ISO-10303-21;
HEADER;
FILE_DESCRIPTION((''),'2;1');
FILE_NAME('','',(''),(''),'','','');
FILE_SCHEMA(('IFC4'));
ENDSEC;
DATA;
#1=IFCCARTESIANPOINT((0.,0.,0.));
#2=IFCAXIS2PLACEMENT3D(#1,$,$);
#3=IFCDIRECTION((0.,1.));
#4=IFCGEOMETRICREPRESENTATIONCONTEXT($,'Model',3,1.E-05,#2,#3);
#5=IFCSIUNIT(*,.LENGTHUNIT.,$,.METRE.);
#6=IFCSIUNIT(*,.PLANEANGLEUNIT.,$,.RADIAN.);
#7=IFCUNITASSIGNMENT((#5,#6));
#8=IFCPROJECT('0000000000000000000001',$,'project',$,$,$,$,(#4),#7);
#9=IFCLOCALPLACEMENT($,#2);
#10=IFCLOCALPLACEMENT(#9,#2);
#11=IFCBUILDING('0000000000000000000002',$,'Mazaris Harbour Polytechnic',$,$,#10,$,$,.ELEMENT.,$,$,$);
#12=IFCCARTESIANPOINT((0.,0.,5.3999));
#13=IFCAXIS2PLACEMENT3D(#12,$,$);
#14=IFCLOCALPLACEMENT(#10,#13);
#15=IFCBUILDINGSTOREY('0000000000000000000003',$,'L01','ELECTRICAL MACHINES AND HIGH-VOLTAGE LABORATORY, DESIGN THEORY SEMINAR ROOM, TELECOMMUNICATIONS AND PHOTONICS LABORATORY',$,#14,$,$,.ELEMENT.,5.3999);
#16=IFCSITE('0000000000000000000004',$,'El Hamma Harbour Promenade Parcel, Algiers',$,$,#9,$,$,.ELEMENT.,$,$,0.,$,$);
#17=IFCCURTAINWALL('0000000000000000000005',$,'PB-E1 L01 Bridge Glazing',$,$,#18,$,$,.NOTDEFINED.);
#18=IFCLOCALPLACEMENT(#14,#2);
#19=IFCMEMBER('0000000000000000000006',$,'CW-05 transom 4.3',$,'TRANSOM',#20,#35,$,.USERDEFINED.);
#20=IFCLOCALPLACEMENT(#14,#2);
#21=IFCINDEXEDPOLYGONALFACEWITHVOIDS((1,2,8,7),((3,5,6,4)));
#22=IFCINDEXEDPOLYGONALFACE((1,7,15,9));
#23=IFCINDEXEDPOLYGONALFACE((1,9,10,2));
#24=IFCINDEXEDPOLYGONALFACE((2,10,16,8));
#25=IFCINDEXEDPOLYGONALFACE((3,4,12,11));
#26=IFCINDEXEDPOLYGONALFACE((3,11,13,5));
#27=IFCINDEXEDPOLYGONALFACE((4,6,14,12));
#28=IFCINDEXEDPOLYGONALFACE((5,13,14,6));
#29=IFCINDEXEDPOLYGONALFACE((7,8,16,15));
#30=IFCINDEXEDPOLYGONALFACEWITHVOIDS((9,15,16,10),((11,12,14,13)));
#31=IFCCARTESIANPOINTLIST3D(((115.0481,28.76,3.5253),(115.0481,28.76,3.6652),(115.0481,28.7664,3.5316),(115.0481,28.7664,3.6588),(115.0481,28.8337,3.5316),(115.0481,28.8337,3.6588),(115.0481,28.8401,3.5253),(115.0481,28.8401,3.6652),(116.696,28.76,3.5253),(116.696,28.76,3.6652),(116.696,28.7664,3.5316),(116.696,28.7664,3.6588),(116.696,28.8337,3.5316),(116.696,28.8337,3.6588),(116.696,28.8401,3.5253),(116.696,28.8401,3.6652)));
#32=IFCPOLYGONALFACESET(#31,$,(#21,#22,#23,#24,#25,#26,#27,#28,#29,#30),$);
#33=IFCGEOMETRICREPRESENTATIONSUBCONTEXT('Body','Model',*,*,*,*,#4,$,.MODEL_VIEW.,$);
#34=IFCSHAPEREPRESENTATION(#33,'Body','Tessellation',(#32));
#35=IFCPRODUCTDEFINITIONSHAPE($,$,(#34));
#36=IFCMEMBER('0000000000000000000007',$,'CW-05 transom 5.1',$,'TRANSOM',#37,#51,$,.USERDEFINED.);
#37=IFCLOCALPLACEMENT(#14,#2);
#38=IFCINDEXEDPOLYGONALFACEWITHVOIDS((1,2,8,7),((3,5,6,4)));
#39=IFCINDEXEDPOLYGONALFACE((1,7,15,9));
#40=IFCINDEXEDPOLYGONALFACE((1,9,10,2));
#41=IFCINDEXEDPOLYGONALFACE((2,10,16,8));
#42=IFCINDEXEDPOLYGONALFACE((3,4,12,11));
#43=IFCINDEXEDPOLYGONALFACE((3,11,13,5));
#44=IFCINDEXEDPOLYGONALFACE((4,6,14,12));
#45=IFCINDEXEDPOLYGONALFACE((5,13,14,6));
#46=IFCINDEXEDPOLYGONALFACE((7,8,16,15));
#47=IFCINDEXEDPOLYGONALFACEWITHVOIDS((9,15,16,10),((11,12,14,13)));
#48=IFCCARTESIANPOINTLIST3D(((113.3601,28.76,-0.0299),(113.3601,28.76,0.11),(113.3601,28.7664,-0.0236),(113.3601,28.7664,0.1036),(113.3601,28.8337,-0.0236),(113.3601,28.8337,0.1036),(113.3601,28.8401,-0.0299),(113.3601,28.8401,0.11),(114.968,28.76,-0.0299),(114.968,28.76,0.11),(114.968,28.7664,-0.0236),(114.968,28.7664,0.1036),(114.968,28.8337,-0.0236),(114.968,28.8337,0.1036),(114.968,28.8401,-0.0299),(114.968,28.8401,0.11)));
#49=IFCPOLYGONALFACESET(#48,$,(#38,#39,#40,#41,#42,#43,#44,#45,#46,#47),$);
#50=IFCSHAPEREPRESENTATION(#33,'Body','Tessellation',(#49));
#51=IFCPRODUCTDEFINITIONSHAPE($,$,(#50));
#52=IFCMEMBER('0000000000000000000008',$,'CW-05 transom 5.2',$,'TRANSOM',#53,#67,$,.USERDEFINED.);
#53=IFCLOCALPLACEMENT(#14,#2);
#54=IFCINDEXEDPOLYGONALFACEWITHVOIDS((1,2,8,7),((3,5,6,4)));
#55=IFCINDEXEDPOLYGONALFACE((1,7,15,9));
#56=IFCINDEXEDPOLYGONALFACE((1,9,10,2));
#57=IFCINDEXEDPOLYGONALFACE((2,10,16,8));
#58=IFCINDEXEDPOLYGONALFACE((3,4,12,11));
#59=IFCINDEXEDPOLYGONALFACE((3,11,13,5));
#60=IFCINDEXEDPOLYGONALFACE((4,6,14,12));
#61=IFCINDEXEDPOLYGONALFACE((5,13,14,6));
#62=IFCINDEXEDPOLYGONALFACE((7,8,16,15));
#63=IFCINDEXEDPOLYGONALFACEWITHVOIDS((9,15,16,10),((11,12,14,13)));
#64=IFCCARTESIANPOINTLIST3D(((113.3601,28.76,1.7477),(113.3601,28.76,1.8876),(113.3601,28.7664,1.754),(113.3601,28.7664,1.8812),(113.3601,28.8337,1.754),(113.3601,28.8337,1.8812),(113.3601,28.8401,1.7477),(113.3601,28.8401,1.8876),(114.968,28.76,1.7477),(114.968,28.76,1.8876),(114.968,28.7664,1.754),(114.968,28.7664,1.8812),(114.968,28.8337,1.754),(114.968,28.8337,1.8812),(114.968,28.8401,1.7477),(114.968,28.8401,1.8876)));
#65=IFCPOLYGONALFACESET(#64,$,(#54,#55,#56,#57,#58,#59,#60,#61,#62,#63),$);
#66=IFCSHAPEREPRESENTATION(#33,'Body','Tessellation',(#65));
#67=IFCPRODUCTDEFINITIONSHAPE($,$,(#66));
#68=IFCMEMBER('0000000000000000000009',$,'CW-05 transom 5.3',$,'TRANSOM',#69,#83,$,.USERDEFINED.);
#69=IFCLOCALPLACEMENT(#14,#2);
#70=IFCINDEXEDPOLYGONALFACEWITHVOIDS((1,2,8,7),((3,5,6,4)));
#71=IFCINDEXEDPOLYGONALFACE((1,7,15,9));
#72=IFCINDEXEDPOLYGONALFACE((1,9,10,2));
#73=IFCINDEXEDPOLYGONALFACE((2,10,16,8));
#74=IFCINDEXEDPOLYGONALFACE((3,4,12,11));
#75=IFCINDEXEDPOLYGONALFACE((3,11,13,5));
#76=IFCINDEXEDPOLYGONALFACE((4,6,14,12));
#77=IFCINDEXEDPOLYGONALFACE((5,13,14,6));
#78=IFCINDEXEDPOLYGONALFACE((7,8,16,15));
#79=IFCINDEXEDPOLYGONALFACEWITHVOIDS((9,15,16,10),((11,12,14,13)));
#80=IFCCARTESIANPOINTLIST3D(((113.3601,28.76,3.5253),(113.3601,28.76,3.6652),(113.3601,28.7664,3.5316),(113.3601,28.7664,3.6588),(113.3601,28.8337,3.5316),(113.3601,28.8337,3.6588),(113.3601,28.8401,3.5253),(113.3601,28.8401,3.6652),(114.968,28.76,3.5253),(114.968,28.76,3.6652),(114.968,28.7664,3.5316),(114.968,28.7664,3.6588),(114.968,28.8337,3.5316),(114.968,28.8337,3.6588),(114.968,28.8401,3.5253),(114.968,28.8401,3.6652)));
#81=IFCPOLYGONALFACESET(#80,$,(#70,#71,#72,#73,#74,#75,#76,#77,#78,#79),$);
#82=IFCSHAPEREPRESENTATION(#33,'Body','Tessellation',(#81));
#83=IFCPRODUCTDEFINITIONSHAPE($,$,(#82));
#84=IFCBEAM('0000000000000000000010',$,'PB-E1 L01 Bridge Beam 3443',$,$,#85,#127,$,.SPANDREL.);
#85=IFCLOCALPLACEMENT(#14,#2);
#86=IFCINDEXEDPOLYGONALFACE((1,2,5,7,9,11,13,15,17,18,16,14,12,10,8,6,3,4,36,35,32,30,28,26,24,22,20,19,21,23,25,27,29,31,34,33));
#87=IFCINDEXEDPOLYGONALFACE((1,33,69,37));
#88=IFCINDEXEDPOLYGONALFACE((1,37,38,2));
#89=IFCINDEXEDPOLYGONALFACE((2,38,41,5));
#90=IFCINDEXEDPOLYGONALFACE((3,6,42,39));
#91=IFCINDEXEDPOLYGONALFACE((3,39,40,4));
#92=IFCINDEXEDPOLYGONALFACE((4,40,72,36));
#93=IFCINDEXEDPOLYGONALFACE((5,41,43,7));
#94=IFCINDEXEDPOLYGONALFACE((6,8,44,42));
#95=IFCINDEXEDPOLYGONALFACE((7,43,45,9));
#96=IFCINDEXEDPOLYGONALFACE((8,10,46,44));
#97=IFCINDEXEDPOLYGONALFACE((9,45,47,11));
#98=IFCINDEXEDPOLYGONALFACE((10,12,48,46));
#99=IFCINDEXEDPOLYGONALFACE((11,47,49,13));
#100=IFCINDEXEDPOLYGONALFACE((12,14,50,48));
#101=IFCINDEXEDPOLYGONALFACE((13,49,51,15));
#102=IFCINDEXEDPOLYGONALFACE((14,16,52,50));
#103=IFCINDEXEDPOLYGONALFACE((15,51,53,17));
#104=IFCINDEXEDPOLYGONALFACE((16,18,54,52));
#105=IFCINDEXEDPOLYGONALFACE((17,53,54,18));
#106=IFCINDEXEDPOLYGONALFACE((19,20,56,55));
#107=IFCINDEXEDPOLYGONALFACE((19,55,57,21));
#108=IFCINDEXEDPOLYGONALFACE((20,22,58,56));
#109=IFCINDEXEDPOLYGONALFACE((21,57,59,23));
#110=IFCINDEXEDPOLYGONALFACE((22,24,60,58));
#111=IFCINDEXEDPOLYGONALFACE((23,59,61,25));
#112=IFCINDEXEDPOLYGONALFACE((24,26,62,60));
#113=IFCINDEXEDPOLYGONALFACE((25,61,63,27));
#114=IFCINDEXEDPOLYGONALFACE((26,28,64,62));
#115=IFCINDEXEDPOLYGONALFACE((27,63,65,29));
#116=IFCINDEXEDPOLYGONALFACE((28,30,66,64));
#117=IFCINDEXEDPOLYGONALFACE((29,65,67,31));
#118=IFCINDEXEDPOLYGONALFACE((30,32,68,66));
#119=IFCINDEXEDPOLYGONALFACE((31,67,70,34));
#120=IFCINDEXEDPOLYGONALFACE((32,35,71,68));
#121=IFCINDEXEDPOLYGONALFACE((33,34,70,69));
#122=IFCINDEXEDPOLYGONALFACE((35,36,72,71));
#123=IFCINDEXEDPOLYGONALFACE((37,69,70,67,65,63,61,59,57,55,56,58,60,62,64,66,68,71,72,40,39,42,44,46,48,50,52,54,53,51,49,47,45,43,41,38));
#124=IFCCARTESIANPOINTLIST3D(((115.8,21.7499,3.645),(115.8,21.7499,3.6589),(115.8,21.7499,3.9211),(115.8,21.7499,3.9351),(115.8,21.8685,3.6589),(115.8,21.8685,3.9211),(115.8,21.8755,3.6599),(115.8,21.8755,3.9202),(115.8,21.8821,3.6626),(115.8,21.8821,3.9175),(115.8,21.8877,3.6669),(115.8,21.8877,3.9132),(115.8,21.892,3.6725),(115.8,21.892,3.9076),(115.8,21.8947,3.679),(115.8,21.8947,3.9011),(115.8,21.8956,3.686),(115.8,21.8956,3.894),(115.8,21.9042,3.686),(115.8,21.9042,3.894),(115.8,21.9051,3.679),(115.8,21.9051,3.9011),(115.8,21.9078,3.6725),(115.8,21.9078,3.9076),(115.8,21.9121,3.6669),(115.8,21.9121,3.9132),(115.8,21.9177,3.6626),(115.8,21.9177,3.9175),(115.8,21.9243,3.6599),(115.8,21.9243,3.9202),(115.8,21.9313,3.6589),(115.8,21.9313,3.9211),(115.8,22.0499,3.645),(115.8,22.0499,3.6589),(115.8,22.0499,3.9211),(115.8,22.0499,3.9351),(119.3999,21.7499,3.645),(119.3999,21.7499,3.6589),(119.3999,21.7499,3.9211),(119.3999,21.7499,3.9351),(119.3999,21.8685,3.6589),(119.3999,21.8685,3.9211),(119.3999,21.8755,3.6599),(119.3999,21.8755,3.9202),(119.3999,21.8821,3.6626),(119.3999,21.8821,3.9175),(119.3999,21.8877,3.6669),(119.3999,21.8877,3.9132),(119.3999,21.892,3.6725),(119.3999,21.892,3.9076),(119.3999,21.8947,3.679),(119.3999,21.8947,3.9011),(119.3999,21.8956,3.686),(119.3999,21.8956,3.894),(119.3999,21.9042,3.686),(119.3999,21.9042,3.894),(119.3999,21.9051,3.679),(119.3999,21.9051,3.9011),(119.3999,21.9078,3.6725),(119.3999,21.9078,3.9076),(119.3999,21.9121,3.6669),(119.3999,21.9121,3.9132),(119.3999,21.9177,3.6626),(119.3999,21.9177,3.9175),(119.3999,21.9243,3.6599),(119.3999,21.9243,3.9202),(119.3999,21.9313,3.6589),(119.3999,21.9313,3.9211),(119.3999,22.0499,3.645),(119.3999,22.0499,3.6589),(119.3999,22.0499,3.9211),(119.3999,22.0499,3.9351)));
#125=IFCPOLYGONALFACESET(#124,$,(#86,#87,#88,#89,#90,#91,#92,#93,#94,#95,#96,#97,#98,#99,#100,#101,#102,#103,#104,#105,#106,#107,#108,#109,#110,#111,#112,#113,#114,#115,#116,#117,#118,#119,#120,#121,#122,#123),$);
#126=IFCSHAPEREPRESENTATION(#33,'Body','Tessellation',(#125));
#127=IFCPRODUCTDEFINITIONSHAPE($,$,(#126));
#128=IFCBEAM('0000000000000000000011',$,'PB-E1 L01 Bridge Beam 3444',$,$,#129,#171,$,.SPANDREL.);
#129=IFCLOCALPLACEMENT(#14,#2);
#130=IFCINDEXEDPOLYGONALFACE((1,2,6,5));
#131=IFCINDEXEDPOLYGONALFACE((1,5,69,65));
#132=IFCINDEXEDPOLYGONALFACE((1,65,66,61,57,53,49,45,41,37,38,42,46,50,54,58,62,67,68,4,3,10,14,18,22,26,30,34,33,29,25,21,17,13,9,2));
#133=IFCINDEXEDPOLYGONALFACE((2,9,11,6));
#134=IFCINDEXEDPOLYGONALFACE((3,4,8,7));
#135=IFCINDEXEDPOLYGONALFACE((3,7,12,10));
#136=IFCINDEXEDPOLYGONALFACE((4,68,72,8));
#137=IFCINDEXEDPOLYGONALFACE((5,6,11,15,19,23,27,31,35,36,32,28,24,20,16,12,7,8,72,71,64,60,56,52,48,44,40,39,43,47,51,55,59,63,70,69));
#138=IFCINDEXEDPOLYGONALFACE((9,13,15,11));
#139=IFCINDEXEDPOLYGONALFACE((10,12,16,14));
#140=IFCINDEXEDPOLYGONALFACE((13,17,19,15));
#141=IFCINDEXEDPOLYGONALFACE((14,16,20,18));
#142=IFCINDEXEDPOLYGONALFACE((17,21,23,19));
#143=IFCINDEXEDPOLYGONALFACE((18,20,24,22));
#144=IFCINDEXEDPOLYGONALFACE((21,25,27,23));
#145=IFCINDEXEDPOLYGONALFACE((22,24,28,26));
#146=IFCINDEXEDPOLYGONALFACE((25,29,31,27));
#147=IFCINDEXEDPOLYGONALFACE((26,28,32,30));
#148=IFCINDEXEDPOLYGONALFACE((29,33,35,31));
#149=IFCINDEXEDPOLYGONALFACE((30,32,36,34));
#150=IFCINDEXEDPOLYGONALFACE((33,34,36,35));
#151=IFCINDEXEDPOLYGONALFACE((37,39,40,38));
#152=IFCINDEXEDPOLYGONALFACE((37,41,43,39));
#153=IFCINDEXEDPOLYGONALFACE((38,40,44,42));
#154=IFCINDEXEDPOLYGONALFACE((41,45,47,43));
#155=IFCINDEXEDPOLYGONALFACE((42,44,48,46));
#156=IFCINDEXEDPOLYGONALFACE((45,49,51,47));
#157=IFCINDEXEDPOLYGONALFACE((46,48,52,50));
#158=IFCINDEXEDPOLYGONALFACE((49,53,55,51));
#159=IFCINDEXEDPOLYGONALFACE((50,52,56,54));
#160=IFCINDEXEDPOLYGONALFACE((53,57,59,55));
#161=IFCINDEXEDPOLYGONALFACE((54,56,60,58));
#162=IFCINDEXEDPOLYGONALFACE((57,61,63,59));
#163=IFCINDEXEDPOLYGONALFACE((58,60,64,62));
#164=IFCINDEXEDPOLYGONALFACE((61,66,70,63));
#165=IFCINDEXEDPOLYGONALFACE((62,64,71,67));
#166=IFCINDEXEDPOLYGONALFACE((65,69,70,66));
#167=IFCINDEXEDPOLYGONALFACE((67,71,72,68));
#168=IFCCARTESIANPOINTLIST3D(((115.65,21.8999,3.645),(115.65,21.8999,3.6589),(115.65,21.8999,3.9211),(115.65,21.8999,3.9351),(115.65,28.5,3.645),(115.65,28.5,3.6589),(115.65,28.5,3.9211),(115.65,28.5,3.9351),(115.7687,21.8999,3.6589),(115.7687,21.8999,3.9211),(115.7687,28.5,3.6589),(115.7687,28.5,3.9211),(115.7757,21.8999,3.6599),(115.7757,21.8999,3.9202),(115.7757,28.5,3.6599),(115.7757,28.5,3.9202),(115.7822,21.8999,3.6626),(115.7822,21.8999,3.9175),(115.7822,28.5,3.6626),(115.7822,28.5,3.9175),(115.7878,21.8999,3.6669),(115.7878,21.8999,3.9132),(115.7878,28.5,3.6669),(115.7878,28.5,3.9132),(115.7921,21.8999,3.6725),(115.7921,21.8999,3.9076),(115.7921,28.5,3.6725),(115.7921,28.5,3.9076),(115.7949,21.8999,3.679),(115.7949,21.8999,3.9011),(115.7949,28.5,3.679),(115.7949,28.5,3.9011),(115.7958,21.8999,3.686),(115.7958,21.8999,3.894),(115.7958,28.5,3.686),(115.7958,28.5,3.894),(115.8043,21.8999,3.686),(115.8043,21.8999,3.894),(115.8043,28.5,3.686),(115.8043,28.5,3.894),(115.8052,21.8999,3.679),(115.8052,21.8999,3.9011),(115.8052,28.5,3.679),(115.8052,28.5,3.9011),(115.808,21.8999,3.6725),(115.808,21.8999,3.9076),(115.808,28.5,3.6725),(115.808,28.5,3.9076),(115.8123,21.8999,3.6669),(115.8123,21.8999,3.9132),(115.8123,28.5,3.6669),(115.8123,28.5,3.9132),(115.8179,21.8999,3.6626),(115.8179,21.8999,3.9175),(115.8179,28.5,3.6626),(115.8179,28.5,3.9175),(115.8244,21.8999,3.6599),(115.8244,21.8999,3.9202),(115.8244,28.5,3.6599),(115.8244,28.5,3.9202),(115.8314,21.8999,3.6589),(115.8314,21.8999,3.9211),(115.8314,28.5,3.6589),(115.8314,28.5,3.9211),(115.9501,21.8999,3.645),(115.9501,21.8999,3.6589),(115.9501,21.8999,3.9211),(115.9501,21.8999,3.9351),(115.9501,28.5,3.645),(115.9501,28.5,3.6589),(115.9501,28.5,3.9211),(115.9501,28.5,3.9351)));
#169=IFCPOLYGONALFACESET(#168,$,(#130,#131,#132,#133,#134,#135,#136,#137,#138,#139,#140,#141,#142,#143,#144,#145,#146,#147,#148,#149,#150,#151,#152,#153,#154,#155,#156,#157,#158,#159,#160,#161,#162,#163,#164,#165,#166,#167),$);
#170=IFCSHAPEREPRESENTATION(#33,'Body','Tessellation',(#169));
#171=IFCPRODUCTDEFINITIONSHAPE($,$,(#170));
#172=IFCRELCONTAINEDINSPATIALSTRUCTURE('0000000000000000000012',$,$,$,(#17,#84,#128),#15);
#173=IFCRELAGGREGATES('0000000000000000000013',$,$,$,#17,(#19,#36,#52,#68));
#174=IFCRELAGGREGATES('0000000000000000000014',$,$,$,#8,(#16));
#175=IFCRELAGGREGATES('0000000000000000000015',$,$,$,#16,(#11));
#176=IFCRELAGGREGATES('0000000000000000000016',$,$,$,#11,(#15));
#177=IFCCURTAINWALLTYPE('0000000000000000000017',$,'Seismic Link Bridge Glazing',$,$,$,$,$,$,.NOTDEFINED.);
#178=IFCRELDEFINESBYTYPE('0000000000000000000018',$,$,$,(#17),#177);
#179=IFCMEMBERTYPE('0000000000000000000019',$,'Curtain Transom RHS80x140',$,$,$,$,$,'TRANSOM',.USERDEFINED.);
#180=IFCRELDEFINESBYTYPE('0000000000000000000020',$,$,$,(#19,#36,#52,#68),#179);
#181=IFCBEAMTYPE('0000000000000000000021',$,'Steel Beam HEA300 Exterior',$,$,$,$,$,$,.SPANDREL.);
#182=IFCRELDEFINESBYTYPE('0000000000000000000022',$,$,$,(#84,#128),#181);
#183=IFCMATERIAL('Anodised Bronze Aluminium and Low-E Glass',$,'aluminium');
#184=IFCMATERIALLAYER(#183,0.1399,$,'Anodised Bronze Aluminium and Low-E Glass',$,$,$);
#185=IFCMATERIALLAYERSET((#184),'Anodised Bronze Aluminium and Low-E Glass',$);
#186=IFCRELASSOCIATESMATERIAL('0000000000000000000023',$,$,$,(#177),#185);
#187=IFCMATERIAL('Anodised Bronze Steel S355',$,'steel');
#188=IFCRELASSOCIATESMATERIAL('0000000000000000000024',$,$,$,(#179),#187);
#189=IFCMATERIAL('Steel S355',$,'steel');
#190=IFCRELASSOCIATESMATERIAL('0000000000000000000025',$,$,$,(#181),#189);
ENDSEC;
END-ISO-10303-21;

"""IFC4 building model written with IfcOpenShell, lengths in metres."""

from ifc_helpers import new_model, si_unit, direction, frame, origin, origin_2d, place, context, subcontext, project, spatial, hollow_rectangle, i_section, extrude, material, layer, layer_set, material_profile, profile_set, type_object, element, aggregate, save


model = new_model("IFC4")

# Units and contexts
model_context = context("Model", 3, precision=1e-05, world=origin(), true_north=direction((0.0, 1.0)))
body_context = subcontext(model_context, "Body", "Model", "MODEL_VIEW")
ifc_project = project(units=[si_unit("LENGTHUNIT", "METRE"), si_unit("PLANEANGLEUNIT", "RADIAN")], contexts=[model_context])

# Site, building, storey
site_placement = place(None, origin())
site = spatial("IfcSite", under=ifc_project, at=site_placement, Name="El Hamma Harbour Promenade Parcel, Algiers", CompositionType="ELEMENT", RefElevation=0.0)
building_placement = place(site_placement, origin())
building = spatial("IfcBuilding", under=site, at=building_placement, Name="Mazaris Harbour Polytechnic", CompositionType="ELEMENT")
storey_placement = place(building_placement, frame((0.0, 0.0, 5.3999)))
storey = spatial("IfcBuildingStorey", under=building, at=storey_placement, Name="L01", Description="ELECTRICAL MACHINES AND HIGH-VOLTAGE LABORATORY, DESIGN THEORY SEMINAR ROOM, TELECOMMUNICATIONS AND PHOTONICS LABORATORY", CompositionType="ELEMENT", Elevation=5.3999)

# Curtain wall
ifc_material_1 = material(Name="Anodised Bronze Aluminium and Low-E Glass", Category="aluminium")
ifc_layer_1 = layer(ifc_material_1, 0.1399, Name="Anodised Bronze Aluminium and Low-E Glass")
ifc_layer_set_1 = layer_set([ifc_layer_1], Name="Anodised Bronze Aluminium and Low-E Glass")
curtain_wall_type = type_object("IfcCurtainWallType", Name="Seismic Link Bridge Glazing", PredefinedType="NOTDEFINED", material=ifc_layer_set_1)
curtain_wall_1_placement = place(storey_placement, origin())
curtain_wall_1 = element("IfcCurtainWall", 1, at=curtain_wall_1_placement, inside=storey, type_object=curtain_wall_type, Name="PB-E1 L01 Bridge Glazing", PredefinedType="NOTDEFINED")

# Members
ifc_material_2 = material(Name="Anodised Bronze Steel S355", Category="steel")
ifc_material_profile_1 = material_profile(ifc_material_2, hollow_rectangle(XDim=0.0801, YDim=0.1399, WallThickness=0.0063, at=origin_2d()), Name="RHS 80x140x6.3")
ifc_profile_set_1 = profile_set([ifc_material_profile_1], Name="Anodised Bronze Steel S355")
member_type_1 = type_object("IfcMemberType", Name="Curtain Transom RHS80x140", ElementType="TRANSOM", PredefinedType="USERDEFINED", material=ifc_profile_set_1)
member_1_placement = place(storey_placement, frame((116.696, 28.8, 3.5952), z_axis=(-1.0, 0.0, 0.0), x_axis=(0.0, -1.0, 0.0)))
member_1 = element("IfcMember", 2, at=member_1_placement, type_object=member_type_1, Name="CW-05 transom 4.3", ObjectType="TRANSOM", PredefinedType="USERDEFINED", context=body_context, shape_type="SweptSolid", body=[
    extrude(hollow_rectangle(XDim=0.0801, YDim=0.1399, WallThickness=0.0063, at=origin_2d()), origin(), (0.0, 0.0, 1.0), 1.6479),
])
member_2_placement = place(storey_placement, frame((114.968, 28.8, 0.04), z_axis=(-1.0, 0.0, 0.0), x_axis=(0.0, -1.0, 0.0)))
member_2 = element("IfcMember", 3, at=member_2_placement, type_object=member_type_1, Name="CW-05 transom 5.1", ObjectType="TRANSOM", PredefinedType="USERDEFINED", context=body_context, shape_type="SweptSolid", body=[
    extrude(hollow_rectangle(XDim=0.0801, YDim=0.1399, WallThickness=0.0063, at=origin_2d()), origin(), (0.0, 0.0, 1.0), 1.6079),
])
member_3_placement = place(storey_placement, frame((114.968, 28.8, 1.8176), z_axis=(-1.0, 0.0, 0.0), x_axis=(0.0, -1.0, 0.0)))
member_3 = element("IfcMember", 4, at=member_3_placement, type_object=member_type_1, Name="CW-05 transom 5.2", ObjectType="TRANSOM", PredefinedType="USERDEFINED", context=body_context, shape_type="SweptSolid", body=[
    extrude(hollow_rectangle(XDim=0.0801, YDim=0.1399, WallThickness=0.0063, at=origin_2d()), origin(), (0.0, 0.0, 1.0), 1.6079),
])
member_4_placement = place(storey_placement, frame((114.968, 28.8, 3.5952), z_axis=(-1.0, 0.0, 0.0), x_axis=(0.0, -1.0, 0.0)))
member_4 = element("IfcMember", 5, at=member_4_placement, type_object=member_type_1, Name="CW-05 transom 5.3", ObjectType="TRANSOM", PredefinedType="USERDEFINED", context=body_context, shape_type="SweptSolid", body=[
    extrude(hollow_rectangle(XDim=0.0801, YDim=0.1399, WallThickness=0.0063, at=origin_2d()), origin(), (0.0, 0.0, 1.0), 1.6079),
])

# Beams
ifc_material_3 = material(Name="Steel S355", Category="steel")
ifc_material_profile_2 = material_profile(ifc_material_3, i_section(OverallWidth=0.3, OverallDepth=0.29, WebThickness=0.0085, FlangeThickness=0.0139, FilletRadius=0.0271, at=origin_2d()), Name="HEA 300")
ifc_profile_set_2 = profile_set([ifc_material_profile_2], Name="Steel S355")
beam_type = type_object("IfcBeamType", Name="Steel Beam HEA300 Exterior", PredefinedType="SPANDREL", material=ifc_profile_set_2)
beam_1_placement = place(storey_placement, frame((115.8, 21.8999, 3.79), z_axis=(1.0, 0.0, 0.0), x_axis=(0.0, 1.0, 0.0)))
element("IfcBeam", 6, at=beam_1_placement, inside=storey, type_object=beam_type, Name="PB-E1 L01 Bridge Beam 3443", PredefinedType="SPANDREL", context=body_context, shape_type="SweptSolid", body=[
    extrude(i_section(OverallWidth=0.3, OverallDepth=0.29, WebThickness=0.0085, FlangeThickness=0.0139, FilletRadius=0.0271, at=origin_2d()), origin(), (0.0, 0.0, 1.0), 3.5999),
])
beam_2_placement = place(storey_placement, frame((115.8, 21.8999, 3.79), z_axis=(0.0, 1.0, 0.0), x_axis=(-1.0, 0.0, 0.0)))
element("IfcBeam", 7, at=beam_2_placement, inside=storey, type_object=beam_type, Name="PB-E1 L01 Bridge Beam 3444", PredefinedType="SPANDREL", context=body_context, shape_type="SweptSolid", body=[
    extrude(i_section(OverallWidth=0.3, OverallDepth=0.29, WebThickness=0.0085, FlangeThickness=0.0139, FilletRadius=0.0271, at=origin_2d()), origin(), (0.0, 0.0, 1.0), 6.6001),
])

aggregate(curtain_wall_1, [member_1, member_2, member_3, member_4])

save(model, "model.ifc")
